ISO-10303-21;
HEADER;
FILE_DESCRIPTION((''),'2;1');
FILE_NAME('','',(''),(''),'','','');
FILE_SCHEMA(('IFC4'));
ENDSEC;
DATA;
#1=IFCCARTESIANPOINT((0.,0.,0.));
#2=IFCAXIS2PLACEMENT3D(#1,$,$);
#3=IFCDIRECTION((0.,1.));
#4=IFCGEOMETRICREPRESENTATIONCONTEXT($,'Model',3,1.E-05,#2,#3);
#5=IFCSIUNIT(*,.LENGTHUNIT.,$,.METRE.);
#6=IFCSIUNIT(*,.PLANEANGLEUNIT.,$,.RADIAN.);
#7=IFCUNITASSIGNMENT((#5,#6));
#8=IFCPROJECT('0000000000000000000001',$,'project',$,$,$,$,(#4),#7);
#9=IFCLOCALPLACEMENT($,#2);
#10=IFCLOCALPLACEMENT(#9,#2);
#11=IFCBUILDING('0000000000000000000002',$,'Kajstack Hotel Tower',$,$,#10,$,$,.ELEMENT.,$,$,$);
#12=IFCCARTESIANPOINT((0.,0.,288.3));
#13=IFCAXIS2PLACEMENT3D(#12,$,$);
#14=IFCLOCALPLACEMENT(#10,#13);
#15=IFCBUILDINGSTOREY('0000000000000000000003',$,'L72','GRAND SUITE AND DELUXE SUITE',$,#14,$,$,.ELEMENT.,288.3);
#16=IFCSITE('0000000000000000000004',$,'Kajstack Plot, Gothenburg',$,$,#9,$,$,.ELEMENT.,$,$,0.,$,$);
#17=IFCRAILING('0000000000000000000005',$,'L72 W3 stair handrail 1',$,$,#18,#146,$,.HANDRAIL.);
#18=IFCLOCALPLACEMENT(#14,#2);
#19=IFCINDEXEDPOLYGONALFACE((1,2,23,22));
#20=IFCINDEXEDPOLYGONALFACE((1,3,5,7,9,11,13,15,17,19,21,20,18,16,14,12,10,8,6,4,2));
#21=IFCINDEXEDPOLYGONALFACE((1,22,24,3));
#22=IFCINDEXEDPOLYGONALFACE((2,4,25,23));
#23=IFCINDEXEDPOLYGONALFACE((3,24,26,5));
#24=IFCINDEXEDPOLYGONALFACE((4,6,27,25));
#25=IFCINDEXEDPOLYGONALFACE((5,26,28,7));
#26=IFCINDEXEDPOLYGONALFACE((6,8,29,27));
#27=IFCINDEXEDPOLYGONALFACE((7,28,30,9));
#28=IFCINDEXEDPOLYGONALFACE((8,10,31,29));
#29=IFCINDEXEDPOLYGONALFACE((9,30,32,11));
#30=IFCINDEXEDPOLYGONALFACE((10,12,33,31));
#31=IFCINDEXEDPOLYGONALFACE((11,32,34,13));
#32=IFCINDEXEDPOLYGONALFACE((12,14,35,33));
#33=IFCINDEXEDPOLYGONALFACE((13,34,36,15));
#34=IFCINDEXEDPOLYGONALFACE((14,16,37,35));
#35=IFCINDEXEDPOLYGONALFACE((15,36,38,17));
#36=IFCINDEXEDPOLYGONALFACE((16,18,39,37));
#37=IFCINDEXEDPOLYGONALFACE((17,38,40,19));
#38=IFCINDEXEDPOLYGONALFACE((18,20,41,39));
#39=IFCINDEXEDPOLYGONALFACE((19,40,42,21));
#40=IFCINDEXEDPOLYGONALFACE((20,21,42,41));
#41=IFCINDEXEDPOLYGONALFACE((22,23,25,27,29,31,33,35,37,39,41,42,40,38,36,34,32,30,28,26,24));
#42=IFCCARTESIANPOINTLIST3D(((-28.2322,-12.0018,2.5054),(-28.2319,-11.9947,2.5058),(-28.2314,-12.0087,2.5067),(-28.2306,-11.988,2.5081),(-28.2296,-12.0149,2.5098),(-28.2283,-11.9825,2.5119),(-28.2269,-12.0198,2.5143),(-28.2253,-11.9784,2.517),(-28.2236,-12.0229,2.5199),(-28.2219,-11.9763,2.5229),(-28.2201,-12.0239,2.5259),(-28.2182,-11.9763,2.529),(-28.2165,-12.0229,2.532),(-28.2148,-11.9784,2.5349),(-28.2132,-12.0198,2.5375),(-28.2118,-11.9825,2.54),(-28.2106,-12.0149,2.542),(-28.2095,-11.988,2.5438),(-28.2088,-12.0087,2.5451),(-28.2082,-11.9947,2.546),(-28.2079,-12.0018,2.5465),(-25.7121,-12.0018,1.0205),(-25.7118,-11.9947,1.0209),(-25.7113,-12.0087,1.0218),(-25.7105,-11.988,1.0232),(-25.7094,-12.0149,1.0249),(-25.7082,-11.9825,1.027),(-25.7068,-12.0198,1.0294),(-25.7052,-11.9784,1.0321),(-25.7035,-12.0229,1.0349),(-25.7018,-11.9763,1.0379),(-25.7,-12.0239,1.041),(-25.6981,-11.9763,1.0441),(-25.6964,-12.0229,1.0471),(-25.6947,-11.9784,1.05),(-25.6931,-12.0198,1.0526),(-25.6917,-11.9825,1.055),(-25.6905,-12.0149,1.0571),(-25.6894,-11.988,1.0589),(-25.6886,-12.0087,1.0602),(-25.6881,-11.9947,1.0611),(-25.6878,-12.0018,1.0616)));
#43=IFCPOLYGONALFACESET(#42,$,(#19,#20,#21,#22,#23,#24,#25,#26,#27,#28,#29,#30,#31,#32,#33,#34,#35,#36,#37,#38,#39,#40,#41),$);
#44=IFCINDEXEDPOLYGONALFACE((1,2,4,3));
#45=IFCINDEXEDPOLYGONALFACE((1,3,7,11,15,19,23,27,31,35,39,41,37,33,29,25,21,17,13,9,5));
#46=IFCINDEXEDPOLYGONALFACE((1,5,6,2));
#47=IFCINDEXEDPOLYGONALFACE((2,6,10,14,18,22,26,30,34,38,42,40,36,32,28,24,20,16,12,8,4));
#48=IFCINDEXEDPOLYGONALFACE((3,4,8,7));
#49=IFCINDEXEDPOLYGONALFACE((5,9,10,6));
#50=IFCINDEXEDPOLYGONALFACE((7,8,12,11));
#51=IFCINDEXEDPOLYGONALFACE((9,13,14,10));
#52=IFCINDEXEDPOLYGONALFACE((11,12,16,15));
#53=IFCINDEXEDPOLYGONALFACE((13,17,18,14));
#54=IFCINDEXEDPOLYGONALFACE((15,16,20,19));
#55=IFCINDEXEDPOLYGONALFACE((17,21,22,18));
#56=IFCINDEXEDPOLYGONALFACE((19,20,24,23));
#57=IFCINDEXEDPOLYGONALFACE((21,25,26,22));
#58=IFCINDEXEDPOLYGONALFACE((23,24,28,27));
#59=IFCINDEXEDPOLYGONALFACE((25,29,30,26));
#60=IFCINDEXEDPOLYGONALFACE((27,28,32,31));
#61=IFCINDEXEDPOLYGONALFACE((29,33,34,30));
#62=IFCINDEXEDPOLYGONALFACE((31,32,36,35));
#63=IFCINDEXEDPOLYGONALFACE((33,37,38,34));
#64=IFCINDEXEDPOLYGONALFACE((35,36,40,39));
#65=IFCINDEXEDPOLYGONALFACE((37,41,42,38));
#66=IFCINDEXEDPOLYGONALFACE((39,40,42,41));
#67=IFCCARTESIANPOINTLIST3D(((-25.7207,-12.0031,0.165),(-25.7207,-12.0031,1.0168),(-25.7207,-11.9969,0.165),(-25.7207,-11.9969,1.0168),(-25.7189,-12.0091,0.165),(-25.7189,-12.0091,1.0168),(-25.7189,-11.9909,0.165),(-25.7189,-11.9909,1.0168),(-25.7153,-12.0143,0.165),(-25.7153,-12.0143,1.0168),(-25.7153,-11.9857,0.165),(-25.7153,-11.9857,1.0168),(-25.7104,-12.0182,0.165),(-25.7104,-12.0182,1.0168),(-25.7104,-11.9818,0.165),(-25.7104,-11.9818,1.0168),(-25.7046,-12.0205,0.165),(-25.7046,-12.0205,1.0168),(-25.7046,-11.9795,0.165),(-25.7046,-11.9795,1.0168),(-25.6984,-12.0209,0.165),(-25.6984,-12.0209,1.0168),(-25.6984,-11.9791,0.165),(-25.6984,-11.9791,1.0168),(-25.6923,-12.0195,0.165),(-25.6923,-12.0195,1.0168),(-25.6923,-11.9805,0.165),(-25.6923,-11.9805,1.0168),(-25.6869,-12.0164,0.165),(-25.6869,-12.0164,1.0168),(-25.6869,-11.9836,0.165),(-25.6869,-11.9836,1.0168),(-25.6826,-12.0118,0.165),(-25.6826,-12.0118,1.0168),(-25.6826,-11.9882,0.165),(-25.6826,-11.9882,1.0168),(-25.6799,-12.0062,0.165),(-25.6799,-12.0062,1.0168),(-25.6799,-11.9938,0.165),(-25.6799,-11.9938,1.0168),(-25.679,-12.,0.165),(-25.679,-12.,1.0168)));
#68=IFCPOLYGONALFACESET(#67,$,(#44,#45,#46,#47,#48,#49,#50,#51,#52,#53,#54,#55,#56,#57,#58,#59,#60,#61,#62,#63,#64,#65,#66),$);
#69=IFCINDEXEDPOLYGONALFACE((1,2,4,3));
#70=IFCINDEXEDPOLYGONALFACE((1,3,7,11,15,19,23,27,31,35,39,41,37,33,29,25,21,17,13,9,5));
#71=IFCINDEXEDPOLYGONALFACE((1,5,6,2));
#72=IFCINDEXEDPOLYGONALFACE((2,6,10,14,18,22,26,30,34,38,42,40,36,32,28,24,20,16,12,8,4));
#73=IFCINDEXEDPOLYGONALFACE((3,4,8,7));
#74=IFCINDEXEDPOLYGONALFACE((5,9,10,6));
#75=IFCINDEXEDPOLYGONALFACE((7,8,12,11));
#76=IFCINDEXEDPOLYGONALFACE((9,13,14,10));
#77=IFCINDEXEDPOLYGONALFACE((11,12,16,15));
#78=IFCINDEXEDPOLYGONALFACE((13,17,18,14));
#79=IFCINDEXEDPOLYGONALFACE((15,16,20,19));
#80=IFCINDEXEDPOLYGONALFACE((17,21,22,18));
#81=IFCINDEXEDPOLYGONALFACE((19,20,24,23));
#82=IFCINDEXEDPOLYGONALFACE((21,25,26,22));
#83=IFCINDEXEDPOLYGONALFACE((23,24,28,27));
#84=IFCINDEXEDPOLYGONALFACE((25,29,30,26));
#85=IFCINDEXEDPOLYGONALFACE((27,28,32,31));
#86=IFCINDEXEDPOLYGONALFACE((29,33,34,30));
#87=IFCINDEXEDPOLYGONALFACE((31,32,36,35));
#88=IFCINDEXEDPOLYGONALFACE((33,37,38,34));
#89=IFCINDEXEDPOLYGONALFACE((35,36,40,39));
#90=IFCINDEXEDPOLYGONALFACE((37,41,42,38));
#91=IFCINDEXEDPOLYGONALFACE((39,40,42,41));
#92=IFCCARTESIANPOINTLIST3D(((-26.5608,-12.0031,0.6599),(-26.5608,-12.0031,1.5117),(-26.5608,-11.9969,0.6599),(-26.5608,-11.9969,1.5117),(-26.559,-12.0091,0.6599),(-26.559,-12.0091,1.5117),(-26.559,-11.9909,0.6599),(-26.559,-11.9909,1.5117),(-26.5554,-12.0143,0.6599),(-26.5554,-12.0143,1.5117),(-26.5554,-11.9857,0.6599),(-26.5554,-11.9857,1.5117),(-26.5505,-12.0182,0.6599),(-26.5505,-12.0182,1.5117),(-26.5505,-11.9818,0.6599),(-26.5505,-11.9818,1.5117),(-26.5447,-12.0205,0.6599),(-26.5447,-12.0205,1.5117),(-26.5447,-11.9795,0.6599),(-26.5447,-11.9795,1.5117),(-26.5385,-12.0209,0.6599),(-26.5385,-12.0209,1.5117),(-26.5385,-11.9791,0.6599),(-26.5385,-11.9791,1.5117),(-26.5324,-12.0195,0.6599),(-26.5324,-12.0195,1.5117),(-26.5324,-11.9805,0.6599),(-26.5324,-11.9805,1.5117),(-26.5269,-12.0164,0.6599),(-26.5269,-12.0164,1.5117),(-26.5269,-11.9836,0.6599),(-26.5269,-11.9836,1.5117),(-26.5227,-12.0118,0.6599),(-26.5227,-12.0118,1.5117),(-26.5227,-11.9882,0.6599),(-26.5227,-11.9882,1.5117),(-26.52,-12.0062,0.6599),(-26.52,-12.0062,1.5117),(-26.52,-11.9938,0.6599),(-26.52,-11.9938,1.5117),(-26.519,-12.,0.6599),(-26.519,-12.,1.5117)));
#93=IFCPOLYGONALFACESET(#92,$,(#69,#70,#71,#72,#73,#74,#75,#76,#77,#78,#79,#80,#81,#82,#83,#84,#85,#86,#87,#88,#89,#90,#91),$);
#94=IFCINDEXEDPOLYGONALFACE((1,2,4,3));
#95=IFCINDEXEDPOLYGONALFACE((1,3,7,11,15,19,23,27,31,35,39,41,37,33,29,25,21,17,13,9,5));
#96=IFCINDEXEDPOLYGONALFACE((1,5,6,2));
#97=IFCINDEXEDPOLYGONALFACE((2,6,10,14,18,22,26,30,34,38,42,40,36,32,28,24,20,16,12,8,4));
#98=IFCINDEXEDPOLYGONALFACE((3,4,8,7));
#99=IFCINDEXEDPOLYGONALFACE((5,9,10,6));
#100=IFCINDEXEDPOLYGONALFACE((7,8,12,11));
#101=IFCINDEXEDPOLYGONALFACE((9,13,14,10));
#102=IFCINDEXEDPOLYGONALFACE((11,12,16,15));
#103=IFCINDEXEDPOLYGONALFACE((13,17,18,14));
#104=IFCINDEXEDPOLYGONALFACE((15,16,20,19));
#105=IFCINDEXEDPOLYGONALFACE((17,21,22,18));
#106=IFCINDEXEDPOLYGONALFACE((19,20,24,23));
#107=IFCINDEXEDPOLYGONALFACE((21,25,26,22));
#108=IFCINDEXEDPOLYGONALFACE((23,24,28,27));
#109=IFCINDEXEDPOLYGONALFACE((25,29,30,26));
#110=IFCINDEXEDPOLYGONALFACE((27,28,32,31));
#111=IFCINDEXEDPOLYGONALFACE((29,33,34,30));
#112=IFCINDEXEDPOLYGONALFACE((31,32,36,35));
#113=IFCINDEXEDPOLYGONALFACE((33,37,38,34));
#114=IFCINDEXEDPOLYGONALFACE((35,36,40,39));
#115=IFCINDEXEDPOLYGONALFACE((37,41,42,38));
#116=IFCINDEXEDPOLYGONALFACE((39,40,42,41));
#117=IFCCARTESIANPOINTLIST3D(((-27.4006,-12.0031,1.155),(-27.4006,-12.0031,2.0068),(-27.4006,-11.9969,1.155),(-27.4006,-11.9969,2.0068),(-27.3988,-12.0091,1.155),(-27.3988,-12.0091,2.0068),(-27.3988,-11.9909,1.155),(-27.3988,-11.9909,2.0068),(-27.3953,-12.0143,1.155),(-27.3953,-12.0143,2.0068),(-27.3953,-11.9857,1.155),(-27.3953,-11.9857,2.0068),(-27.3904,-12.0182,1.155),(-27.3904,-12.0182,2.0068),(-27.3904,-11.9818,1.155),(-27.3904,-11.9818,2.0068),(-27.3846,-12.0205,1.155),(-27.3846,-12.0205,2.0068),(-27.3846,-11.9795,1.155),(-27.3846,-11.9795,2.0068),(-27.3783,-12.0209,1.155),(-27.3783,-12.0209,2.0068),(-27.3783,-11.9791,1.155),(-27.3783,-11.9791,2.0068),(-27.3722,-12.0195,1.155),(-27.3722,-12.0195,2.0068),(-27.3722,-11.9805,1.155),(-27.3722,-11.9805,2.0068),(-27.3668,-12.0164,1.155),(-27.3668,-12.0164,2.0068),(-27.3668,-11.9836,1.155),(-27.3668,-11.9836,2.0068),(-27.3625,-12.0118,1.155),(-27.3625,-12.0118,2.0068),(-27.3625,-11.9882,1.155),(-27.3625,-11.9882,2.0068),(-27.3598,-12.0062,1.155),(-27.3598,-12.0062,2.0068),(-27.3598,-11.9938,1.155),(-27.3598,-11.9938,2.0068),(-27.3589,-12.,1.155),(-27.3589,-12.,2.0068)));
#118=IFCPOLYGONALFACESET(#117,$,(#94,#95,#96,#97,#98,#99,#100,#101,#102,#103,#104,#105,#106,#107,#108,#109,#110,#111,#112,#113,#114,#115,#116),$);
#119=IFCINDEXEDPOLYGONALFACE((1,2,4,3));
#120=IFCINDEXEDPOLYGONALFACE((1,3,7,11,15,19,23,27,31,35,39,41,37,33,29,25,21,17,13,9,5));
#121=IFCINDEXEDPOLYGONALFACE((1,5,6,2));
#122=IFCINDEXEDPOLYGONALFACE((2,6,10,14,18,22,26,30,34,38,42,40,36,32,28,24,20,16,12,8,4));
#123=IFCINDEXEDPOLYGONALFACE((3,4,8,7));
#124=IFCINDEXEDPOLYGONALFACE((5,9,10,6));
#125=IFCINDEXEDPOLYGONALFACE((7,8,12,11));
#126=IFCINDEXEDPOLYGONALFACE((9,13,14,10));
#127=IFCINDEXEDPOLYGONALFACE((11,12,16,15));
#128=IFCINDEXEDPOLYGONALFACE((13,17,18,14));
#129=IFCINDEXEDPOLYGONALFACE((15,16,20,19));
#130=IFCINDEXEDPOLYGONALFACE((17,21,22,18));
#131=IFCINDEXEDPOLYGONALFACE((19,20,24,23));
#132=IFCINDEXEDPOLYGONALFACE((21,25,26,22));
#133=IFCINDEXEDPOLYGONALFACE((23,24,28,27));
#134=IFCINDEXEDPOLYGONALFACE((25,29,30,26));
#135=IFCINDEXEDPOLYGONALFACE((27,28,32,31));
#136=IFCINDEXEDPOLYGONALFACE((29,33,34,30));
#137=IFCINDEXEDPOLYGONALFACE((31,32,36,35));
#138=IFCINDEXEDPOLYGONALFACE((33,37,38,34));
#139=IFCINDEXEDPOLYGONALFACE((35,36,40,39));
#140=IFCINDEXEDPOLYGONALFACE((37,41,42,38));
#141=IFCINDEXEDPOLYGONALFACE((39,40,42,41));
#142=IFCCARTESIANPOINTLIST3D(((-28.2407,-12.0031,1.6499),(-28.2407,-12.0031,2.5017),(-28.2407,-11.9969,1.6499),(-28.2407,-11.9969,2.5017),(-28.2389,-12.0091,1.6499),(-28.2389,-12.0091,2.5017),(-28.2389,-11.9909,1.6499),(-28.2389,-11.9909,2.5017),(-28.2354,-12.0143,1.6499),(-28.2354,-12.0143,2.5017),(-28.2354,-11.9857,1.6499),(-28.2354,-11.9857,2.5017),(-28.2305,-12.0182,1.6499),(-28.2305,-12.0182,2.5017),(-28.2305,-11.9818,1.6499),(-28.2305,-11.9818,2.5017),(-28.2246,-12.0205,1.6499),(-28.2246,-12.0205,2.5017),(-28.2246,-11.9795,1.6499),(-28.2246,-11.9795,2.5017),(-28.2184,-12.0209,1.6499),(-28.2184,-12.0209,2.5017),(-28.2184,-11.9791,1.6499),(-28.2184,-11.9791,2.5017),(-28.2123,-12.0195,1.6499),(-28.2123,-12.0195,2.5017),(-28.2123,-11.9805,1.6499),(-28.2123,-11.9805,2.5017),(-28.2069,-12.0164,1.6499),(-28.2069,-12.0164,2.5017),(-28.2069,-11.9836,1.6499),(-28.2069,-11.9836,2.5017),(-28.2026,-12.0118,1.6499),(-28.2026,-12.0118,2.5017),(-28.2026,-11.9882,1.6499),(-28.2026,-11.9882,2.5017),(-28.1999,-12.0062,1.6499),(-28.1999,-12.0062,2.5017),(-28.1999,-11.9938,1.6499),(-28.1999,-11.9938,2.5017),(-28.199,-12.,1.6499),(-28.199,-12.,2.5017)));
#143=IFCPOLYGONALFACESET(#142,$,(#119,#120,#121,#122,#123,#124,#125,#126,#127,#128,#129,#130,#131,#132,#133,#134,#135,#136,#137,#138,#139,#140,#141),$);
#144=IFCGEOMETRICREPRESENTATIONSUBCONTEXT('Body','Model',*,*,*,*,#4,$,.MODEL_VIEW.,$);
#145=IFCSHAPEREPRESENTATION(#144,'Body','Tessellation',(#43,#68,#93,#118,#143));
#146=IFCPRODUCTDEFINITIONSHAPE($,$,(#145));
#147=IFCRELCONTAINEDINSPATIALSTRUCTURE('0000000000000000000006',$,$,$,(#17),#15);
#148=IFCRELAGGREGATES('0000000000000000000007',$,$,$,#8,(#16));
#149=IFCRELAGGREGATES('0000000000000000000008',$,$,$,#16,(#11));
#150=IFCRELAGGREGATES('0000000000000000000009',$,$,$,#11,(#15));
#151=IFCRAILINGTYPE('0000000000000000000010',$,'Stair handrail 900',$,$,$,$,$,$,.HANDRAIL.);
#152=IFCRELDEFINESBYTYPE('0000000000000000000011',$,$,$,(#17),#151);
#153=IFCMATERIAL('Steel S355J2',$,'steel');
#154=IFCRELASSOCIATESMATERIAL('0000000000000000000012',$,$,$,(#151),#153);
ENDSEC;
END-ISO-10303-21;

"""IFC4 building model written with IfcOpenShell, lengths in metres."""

from ifc_helpers import new_model, si_unit, direction, frame, origin, origin_2d, place, context, subcontext, project, spatial, circle, extrude, material, type_object, element, save


model = new_model("IFC4")

# Units and contexts
model_context = context("Model", 3, precision=1e-05, world=origin(), true_north=direction((0.0, 1.0)))
body_context = subcontext(model_context, "Body", "Model", "MODEL_VIEW")
ifc_project = project(units=[si_unit("LENGTHUNIT", "METRE"), si_unit("PLANEANGLEUNIT", "RADIAN")], contexts=[model_context])

# Site, building, storey
site_placement = place(None, origin())
site = spatial("IfcSite", under=ifc_project, at=site_placement, Name="Kajstack Plot, Gothenburg", CompositionType="ELEMENT", RefElevation=0.0)
building_placement = place(site_placement, origin())
building = spatial("IfcBuilding", under=site, at=building_placement, Name="Kajstack Hotel Tower", CompositionType="ELEMENT")
storey_placement = place(building_placement, frame((0.0, 0.0, 288.3)))
storey = spatial("IfcBuildingStorey", under=building, at=storey_placement, Name="L72", Description="GRAND SUITE AND DELUXE SUITE", CompositionType="ELEMENT", Elevation=288.3)

# Railing
ifc_material_1 = material(Name="Steel S355J2", Category="steel")
railing_type_1 = type_object("IfcRailingType", Name="Stair handrail 900", PredefinedType="HANDRAIL", material=ifc_material_1)
railing_1_placement = place(storey_placement, frame((-25.7, -12.0, 0.165)))
element("IfcRailing", 1, at=railing_1_placement, inside=storey, type_object=railing_type_1, Name="L72 W3 stair handrail 1", PredefinedType="HANDRAIL", context=body_context, shape_type="SweptSolid", body=[
    extrude(circle(Radius=0.0239, at=origin_2d()), frame((0.0, 0.0, 0.876), z_axis=(-0.861561, 0.0, 0.507655), x_axis=(0.0, -1.0, 0.0)), (0.0, 0.0, 1.0), 2.925),
    extrude(circle(Radius=0.021, at=origin_2d()), origin(), (0.0, 0.0, 1.0), 0.8518),
    extrude(circle(Radius=0.021, at=origin_2d()), frame((-0.8401, 0.0, 0.4949)), (0.0, 0.0, 1.0), 0.8518),
    extrude(circle(Radius=0.021, at=origin_2d()), frame((-1.6799, 0.0, 0.99)), (0.0, 0.0, 1.0), 0.8518),
    extrude(circle(Radius=0.021, at=origin_2d()), frame((-2.52, 0.0, 1.4849)), (0.0, 0.0, 1.0), 0.8518),
])

save(model, "model.ifc")
